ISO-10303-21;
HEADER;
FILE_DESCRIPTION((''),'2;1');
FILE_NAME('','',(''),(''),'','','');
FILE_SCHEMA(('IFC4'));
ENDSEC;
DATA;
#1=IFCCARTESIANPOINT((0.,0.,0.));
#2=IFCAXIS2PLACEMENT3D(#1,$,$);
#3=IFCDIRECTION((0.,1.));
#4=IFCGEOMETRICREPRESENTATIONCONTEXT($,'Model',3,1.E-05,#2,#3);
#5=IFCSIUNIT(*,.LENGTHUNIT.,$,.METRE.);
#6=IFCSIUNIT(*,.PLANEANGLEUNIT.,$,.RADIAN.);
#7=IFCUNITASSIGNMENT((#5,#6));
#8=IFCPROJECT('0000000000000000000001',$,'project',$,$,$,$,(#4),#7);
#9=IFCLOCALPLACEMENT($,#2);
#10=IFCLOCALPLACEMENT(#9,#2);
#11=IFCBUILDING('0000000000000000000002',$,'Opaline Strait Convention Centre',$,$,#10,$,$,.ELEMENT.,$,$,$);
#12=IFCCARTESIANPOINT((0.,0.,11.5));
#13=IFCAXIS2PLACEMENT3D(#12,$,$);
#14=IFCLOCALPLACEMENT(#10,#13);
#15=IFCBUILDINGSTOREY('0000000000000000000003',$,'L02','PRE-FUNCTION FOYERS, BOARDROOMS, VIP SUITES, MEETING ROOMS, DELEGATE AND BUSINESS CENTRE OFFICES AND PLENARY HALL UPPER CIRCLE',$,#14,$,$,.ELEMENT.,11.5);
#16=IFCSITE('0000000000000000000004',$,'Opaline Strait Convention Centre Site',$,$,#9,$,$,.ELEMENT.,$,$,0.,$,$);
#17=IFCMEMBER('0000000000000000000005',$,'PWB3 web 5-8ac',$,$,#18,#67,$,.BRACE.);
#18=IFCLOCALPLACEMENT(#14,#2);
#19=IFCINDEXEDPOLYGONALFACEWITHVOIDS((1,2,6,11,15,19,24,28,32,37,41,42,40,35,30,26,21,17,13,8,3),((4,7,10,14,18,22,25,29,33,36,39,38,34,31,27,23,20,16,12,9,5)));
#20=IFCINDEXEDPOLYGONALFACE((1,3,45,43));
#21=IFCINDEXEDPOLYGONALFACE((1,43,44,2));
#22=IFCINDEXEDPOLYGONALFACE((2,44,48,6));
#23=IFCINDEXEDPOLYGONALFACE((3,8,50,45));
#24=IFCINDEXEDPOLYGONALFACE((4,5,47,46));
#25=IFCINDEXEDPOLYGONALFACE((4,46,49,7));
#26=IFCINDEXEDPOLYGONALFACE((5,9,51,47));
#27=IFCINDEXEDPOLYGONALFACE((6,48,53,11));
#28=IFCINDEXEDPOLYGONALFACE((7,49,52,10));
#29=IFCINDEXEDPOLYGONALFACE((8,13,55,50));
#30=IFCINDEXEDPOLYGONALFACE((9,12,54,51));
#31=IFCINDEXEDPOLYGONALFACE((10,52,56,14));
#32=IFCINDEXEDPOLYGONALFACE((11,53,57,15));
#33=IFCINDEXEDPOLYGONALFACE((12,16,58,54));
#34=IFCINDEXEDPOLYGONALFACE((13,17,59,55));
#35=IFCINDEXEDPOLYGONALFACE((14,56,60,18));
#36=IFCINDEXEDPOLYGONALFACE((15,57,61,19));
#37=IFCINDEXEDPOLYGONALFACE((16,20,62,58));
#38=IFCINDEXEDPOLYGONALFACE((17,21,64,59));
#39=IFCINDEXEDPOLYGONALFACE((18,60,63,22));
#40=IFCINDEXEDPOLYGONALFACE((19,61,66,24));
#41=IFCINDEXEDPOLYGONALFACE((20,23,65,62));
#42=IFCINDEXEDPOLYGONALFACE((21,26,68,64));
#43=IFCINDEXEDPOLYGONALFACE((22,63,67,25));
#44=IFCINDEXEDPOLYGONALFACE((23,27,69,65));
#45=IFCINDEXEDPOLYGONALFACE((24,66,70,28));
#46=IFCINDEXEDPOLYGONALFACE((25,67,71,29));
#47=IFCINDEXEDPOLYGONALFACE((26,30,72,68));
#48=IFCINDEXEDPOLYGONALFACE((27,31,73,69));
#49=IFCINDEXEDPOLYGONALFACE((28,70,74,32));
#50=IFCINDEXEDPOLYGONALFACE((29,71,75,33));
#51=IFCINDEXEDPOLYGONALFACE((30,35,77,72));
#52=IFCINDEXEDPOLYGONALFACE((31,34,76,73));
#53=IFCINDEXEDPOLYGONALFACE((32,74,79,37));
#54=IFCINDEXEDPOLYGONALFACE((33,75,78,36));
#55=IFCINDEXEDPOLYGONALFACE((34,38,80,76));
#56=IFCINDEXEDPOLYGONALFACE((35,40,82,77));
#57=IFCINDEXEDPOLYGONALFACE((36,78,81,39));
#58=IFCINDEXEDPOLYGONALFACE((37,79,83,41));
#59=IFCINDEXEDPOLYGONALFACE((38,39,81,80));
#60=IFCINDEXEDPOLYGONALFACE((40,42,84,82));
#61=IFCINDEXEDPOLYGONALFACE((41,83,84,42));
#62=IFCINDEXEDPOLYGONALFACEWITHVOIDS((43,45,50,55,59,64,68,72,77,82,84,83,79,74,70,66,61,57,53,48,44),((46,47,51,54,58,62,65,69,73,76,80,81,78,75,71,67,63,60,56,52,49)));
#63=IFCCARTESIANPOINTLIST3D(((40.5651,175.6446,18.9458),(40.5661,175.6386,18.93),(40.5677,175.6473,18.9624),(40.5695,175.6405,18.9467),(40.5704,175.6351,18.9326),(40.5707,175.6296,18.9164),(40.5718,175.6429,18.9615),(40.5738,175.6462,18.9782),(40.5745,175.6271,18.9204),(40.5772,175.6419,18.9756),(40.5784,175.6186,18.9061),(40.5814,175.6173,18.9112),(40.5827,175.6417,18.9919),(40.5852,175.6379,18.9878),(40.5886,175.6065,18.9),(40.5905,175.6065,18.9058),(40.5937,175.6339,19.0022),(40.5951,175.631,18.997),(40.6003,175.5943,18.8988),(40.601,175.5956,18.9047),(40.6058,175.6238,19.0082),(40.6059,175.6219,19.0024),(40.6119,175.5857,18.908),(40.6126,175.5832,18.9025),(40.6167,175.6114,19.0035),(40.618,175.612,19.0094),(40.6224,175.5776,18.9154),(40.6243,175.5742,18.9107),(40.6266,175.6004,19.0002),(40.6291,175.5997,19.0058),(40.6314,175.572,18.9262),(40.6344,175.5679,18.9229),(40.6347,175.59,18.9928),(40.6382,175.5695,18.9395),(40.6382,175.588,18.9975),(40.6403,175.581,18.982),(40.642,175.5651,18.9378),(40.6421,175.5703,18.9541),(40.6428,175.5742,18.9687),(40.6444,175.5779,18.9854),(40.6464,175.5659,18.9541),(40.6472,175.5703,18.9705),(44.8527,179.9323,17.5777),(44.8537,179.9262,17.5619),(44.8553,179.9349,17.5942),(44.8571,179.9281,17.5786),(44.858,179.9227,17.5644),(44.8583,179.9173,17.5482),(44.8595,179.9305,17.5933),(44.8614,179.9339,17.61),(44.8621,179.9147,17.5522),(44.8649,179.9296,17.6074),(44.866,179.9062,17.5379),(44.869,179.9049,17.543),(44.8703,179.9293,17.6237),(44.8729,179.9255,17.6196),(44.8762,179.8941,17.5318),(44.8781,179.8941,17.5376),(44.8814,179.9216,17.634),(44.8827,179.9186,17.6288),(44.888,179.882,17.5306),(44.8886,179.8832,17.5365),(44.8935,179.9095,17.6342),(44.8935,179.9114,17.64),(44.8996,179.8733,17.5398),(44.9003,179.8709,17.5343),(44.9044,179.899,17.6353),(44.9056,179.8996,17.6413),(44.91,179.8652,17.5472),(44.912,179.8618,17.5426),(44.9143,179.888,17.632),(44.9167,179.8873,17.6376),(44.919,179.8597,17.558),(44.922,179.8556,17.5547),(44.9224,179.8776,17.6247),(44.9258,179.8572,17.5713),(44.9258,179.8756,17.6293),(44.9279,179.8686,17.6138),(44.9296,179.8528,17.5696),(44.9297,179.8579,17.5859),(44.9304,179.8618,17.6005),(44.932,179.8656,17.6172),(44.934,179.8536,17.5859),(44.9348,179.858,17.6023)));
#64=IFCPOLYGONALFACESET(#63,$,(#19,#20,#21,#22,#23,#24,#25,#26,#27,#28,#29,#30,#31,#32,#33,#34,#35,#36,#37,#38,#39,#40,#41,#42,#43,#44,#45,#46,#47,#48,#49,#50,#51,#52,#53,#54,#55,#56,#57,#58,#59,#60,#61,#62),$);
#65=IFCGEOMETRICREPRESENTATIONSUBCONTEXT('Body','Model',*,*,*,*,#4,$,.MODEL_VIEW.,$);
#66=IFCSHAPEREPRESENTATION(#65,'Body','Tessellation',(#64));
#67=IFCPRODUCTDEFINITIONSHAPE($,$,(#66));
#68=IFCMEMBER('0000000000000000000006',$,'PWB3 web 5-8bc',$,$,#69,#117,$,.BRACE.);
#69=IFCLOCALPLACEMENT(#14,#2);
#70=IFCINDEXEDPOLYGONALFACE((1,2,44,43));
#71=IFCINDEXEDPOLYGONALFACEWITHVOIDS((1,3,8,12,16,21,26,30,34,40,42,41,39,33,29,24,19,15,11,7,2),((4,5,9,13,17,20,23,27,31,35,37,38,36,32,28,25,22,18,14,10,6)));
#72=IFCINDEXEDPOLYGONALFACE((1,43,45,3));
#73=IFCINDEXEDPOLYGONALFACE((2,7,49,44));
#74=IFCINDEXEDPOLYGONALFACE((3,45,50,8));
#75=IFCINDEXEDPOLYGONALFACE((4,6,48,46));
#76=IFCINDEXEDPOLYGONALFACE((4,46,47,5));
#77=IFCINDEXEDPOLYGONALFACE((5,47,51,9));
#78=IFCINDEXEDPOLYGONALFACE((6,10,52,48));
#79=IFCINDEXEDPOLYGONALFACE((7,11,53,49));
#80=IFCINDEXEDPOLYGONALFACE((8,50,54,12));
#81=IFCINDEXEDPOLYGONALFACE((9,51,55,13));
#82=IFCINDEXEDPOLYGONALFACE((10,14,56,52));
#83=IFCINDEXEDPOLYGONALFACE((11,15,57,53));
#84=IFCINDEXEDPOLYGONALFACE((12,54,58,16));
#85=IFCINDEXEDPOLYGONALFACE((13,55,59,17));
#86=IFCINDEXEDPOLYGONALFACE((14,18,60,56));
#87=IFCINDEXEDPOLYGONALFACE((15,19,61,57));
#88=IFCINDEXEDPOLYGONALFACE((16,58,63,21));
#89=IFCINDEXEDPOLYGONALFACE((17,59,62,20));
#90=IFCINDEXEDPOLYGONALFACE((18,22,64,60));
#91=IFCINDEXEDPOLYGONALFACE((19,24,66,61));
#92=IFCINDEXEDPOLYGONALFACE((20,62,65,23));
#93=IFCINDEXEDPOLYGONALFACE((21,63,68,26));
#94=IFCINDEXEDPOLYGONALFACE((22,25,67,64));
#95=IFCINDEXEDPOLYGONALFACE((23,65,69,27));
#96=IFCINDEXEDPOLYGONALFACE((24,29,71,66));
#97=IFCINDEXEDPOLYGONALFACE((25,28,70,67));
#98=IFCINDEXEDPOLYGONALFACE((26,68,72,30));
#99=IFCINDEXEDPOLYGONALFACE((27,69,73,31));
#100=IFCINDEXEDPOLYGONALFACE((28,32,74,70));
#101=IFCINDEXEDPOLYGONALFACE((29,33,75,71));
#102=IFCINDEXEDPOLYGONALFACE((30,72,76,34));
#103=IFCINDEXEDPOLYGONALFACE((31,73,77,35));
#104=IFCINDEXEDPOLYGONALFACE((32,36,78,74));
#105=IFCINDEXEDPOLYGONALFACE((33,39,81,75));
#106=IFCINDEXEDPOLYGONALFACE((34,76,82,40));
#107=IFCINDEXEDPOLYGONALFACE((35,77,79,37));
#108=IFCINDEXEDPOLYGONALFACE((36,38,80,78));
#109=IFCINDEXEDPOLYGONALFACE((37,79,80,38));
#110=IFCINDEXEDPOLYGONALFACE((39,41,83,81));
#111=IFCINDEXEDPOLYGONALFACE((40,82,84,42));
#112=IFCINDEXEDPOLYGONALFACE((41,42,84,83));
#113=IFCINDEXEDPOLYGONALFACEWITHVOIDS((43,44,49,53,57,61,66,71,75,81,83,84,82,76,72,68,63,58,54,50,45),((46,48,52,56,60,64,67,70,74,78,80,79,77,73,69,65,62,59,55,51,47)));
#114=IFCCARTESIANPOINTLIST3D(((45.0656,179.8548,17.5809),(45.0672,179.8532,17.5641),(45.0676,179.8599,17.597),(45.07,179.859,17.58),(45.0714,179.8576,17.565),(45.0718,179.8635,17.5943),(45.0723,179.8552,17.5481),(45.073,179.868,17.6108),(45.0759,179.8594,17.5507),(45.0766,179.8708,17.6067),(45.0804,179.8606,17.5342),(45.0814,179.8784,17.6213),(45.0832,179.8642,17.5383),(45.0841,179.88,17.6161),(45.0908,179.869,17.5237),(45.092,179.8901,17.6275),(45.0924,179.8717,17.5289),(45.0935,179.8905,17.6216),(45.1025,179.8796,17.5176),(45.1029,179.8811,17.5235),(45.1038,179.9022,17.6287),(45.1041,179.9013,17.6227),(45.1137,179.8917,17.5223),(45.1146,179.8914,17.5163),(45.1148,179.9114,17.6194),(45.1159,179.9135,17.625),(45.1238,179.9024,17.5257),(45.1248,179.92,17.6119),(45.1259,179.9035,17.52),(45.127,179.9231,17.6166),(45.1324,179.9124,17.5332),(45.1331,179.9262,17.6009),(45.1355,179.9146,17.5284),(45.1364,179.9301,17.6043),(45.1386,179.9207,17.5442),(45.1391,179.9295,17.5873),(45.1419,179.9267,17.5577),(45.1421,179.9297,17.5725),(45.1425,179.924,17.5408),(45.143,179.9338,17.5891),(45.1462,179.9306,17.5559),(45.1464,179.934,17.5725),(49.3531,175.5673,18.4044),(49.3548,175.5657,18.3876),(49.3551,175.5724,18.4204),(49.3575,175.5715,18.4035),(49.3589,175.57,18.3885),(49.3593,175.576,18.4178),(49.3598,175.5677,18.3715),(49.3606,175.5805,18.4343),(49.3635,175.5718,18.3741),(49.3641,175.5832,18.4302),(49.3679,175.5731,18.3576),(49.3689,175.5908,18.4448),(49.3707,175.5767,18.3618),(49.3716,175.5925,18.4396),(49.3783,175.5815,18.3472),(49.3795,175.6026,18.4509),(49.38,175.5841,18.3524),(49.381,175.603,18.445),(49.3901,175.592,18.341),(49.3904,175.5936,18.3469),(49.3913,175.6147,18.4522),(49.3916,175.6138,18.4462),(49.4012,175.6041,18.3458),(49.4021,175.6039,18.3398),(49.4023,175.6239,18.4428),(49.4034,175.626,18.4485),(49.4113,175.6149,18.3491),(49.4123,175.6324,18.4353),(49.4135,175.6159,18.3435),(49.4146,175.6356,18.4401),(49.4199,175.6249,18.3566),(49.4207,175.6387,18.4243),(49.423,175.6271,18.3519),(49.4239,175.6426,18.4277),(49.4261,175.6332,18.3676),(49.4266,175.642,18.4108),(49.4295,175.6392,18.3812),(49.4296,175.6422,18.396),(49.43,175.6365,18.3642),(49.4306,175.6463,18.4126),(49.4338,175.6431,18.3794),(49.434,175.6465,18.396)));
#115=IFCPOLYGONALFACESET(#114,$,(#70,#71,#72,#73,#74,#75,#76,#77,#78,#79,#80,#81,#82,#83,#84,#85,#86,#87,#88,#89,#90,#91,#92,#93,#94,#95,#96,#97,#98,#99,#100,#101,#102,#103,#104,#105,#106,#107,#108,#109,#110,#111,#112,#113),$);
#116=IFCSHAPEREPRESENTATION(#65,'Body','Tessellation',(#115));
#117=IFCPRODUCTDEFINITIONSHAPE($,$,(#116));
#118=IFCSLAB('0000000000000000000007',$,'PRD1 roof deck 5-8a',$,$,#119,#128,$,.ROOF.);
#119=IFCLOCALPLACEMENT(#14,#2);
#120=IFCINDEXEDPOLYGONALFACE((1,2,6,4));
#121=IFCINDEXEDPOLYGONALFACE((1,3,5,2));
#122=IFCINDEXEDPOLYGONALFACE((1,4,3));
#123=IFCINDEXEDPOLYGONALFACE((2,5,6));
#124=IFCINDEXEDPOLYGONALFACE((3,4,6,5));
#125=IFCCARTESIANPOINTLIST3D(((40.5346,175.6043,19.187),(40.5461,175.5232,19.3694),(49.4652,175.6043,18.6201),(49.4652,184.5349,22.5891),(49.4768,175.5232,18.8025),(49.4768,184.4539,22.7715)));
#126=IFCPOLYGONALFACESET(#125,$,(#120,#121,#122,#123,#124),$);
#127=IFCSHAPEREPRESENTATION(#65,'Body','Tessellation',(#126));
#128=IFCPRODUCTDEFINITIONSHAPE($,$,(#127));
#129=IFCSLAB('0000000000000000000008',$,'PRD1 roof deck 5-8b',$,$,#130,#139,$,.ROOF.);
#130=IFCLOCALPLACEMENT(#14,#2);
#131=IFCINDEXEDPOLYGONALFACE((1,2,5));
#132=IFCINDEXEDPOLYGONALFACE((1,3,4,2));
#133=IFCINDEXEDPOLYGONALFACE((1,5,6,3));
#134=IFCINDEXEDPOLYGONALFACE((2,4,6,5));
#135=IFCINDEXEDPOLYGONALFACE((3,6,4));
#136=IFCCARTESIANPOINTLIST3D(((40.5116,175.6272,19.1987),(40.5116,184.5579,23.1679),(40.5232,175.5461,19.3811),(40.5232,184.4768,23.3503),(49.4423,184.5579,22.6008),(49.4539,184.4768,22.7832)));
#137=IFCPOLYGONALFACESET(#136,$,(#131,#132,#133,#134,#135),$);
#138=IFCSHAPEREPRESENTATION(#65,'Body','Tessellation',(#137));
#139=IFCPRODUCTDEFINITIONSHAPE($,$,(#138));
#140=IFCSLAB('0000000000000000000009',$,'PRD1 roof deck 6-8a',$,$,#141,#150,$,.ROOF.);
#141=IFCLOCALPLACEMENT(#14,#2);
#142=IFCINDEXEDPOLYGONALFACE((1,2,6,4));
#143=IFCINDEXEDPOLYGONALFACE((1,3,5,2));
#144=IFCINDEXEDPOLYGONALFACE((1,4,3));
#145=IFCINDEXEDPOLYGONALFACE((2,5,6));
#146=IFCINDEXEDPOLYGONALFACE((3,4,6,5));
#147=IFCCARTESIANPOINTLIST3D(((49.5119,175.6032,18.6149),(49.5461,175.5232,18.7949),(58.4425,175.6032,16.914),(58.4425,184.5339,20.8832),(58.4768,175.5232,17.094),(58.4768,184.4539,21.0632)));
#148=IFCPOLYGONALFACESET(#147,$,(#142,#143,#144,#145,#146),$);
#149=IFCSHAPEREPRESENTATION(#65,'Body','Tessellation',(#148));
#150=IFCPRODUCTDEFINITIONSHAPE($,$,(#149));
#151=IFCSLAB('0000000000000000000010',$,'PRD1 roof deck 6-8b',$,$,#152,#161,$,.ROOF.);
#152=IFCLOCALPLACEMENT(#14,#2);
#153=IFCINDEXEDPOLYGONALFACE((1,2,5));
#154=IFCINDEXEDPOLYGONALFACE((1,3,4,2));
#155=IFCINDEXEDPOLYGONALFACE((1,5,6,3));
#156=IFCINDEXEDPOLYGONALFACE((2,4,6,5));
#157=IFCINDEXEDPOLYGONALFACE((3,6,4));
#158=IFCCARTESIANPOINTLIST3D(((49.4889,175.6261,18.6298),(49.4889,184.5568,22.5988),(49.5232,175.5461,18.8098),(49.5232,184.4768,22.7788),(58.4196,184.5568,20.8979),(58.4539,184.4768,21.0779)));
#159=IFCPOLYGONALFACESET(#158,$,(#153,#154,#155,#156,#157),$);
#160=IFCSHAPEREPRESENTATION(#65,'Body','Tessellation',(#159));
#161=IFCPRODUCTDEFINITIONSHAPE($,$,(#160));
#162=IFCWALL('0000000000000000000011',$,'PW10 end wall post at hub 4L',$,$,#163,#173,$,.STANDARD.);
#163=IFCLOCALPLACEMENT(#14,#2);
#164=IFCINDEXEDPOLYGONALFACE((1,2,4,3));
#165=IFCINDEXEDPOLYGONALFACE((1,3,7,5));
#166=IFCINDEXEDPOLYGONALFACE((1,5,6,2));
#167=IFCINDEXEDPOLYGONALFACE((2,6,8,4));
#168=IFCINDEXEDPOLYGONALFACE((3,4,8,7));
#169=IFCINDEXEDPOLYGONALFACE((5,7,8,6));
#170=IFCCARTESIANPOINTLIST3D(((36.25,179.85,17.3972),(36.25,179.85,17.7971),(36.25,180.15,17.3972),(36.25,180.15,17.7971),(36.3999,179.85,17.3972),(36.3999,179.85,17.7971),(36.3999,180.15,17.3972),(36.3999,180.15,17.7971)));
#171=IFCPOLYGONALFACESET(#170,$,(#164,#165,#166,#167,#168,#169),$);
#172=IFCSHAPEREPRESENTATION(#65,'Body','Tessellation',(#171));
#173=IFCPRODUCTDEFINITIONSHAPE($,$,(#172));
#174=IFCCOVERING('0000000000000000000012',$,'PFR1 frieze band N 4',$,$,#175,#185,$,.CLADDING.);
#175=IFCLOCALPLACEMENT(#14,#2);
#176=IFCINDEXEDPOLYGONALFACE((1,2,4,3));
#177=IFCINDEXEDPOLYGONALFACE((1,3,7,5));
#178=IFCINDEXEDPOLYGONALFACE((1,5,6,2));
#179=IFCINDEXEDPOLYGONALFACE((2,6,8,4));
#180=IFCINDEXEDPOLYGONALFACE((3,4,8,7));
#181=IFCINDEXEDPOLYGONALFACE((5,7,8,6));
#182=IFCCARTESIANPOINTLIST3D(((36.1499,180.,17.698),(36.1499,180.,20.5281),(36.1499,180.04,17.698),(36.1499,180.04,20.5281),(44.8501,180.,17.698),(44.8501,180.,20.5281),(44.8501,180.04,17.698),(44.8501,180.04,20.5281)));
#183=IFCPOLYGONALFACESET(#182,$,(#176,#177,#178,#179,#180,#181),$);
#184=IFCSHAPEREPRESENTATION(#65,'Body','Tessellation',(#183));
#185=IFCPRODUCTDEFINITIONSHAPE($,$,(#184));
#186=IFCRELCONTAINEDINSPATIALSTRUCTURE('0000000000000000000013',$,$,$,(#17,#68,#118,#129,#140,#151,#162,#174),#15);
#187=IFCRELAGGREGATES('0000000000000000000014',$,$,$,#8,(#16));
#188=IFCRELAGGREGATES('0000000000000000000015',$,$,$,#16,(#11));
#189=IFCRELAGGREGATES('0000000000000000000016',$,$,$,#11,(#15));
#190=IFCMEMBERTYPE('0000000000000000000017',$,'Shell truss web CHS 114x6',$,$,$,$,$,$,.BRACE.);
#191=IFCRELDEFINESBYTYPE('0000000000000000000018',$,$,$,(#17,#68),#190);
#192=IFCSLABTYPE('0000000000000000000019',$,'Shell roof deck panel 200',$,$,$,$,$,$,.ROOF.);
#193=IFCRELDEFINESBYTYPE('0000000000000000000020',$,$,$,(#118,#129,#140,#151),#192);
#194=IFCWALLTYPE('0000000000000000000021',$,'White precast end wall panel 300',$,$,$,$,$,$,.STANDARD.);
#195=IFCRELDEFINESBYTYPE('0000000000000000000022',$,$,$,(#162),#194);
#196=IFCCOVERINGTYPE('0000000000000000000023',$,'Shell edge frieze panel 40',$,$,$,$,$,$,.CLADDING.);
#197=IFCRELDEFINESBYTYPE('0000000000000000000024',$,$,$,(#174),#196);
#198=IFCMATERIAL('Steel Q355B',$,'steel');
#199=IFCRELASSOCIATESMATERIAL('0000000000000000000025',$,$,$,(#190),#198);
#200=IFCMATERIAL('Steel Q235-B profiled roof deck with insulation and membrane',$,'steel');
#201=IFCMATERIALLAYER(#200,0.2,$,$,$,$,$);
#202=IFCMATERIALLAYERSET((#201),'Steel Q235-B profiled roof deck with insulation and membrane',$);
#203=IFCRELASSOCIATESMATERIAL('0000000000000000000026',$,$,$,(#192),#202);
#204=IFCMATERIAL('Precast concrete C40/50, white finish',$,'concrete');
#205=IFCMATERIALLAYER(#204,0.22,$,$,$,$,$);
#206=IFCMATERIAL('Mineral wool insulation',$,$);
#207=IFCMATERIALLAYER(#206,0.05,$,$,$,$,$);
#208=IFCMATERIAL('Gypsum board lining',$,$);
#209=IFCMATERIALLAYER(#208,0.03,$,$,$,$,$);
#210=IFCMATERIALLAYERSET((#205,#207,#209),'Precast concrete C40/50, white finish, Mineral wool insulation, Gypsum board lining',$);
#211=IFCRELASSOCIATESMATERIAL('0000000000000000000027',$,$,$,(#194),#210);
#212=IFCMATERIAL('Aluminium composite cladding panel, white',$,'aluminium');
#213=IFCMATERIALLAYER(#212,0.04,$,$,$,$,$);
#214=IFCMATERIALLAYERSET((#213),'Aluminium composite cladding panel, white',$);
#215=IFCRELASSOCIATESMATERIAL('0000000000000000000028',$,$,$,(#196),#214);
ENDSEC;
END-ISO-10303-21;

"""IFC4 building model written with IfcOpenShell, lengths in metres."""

from ifc_helpers import new_model, si_unit, direction, frame, frame_2d, origin, origin_2d, place, context, subcontext, project, spatial, polyline, rectangle, hollow_circle, outline, extrude, material, layer, layer_set, material_profile, profile_set, type_object, element, save


model = new_model("IFC4")

# Units and contexts
model_context = context("Model", 3, precision=1e-05, world=origin(), true_north=direction((0.0, 1.0)))
body_context = subcontext(model_context, "Body", "Model", "MODEL_VIEW")
ifc_project = project(units=[si_unit("LENGTHUNIT", "METRE"), si_unit("PLANEANGLEUNIT", "RADIAN")], contexts=[model_context])

# Site, building, storey
site_placement = place(None, origin())
site = spatial("IfcSite", under=ifc_project, at=site_placement, Name="Opaline Strait Convention Centre Site", CompositionType="ELEMENT", RefElevation=0.0)
building_placement = place(site_placement, origin())
building = spatial("IfcBuilding", under=site, at=building_placement, Name="Opaline Strait Convention Centre", CompositionType="ELEMENT")
storey_placement = place(building_placement, frame((0.0, 0.0, 11.5)))
storey = spatial("IfcBuildingStorey", under=building, at=storey_placement, Name="L02", Description="PRE-FUNCTION FOYERS, BOARDROOMS, VIP SUITES, MEETING ROOMS, DELEGATE AND BUSINESS CENTRE OFFICES AND PLENARY HALL UPPER CIRCLE", CompositionType="ELEMENT", Elevation=11.5)

# Members
ifc_material_1 = material(Name="Steel Q355B", Category="steel")
ifc_material_profile_1 = material_profile(ifc_material_1, hollow_circle(Radius=0.0569, WallThickness=0.0061, at=origin_2d()), Name="CHS 114x6")
ifc_profile_set_1 = profile_set([ifc_material_profile_1], Name="Steel Q355B")
member_type_1 = type_object("IfcMemberType", Name="Shell truss web CHS 114x6", PredefinedType="BRACE", material=ifc_profile_set_1)
member_1_placement = place(storey_placement, frame((44.8938, 179.8938, 17.5859), z_axis=(-0.689766, -0.689766, 0.220103), x_axis=(0.707107, -0.707107, 0.0)))
element("IfcMember", 1, at=member_1_placement, inside=storey, type_object=member_type_1, Name="PWB3 web 5-8ac", PredefinedType="BRACE", context=body_context, shape_type="SweptSolid", body=[
    extrude(hollow_circle(Radius=0.0569, WallThickness=0.0061, at=origin_2d()), origin(), (0.0, 0.0, 1.0), 6.2161),
])
member_2_placement = place(storey_placement, frame((45.1062, 179.8938, 17.5725), z_axis=(0.700675, -0.700675, 0.134573), x_axis=(0.707107, 0.707107, 0.0)))
element("IfcMember", 2, at=member_2_placement, inside=storey, type_object=member_type_1, Name="PWB3 web 5-8bc", PredefinedType="BRACE", context=body_context, shape_type="SweptSolid", body=[
    extrude(hollow_circle(Radius=0.0569, WallThickness=0.0061, at=origin_2d()), origin(), (0.0, 0.0, 1.0), 6.1191),
])

# Slabs
ifc_material_2 = material(Name="Steel Q235-B profiled roof deck with insulation and membrane", Category="steel")
ifc_layer_1 = layer(ifc_material_2, 0.2)
ifc_layer_set_1 = layer_set([ifc_layer_1], Name="Steel Q235-B profiled roof deck with insulation and membrane")
slab_type = type_object("IfcSlabType", Name="Shell roof deck panel 200", PredefinedType="ROOF", material=ifc_layer_set_1)
slab_1_placement = place(storey_placement, frame((40.5461, 175.5232, 19.3694), z_axis=(0.057909, -0.405441, 0.912285), x_axis=(0.997991, 0.0, -0.06335)))
element("IfcSlab", 3, at=slab_1_placement, inside=storey, type_object=slab_type, Name="PRD1 roof deck 5-8a", PredefinedType="ROOF", context=body_context, shape_type="SweptSolid", body=[
    extrude(outline(polyline([(0.0, 0.0), (8.9486, 0.0), (8.6972, 9.7697), (0.0, 0.0)])), origin(), (0.0, 0.0, -1.0), 0.2),
])
slab_2_placement = place(storey_placement, frame((40.5232, 175.5461, 19.3811), z_axis=(0.057934, -0.405461, 0.912275), x_axis=(0.68277, 0.68277, 0.260098)))
element("IfcSlab", 4, at=slab_2_placement, inside=storey, type_object=slab_type, Name="PRD1 roof deck 5-8b", PredefinedType="ROOF", context=body_context, shape_type="SweptSolid", body=[
    extrude(outline(polyline([(0.0, 0.0), (13.0801, 0.0), (7.13, 6.6839), (0.0, 0.0)])), origin(), (0.0, 0.0, -1.0), 0.2),
])
slab_3_placement = place(storey_placement, frame((49.5461, 175.5232, 18.7949), z_axis=(0.171466, -0.400128, 0.900276), x_axis=(0.982342, 0.0, -0.187096)))
element("IfcSlab", 5, at=slab_3_placement, inside=storey, type_object=slab_type, Name="PRD1 roof deck 6-8a", PredefinedType="ROOF", context=body_context, shape_type="SweptSolid", body=[
    extrude(outline(polyline([(0.0, 0.0), (9.0912, 0.0), (8.3486, 9.7447), (0.0, 0.0)])), origin(), (0.0, 0.0, -1.0), 0.2),
])
slab_4_placement = place(storey_placement, frame((49.5232, 175.5461, 18.8098), z_axis=(0.171468, -0.400107, 0.900285), x_axis=(0.695974, 0.695974, 0.176752)))
element("IfcSlab", 6, at=slab_4_placement, inside=storey, type_object=slab_type, Name="PRD1 roof deck 6-8b", PredefinedType="ROOF", context=body_context, shape_type="SweptSolid", body=[
    extrude(outline(polyline([(0.0, 0.0), (12.8319, 0.0), (6.917, 6.9039), (0.0, 0.0)])), origin(), (0.0, 0.0, -1.0), 0.2),
])

# Wall
ifc_material_3 = material(Name="Precast concrete C40/50, white finish", Category="concrete")
ifc_layer_2 = layer(ifc_material_3, 0.22)
ifc_material_4 = material(Name="Mineral wool insulation")
ifc_layer_3 = layer(ifc_material_4, 0.05)
ifc_material_5 = material(Name="Gypsum board lining")
ifc_layer_4 = layer(ifc_material_5, 0.03)
ifc_layer_set_2 = layer_set([ifc_layer_2, ifc_layer_3, ifc_layer_4], Name="Precast concrete C40/50, white finish, Mineral wool insulation, Gypsum board lining")
wall_type = type_object("IfcWallType", Name="White precast end wall panel 300", PredefinedType="STANDARD", material=ifc_layer_set_2)
wall_placement = place(storey_placement, frame((36.25, 180.0, 17.3972), z_axis=(0.0, 0.0, 1.0), x_axis=(1.0, 0.0, 0.0)))
element("IfcWall", 7, at=wall_placement, inside=storey, type_object=wall_type, Name="PW10 end wall post at hub 4L", PredefinedType="STANDARD", context=body_context, shape_type="SweptSolid", body=[
    extrude(rectangle(XDim=0.1499, YDim=0.3, at=frame_2d((0.075, 0.0))), origin(), (0.0, 0.0, 1.0), 0.3999),
])

# Covering
ifc_material_6 = material(Name="Aluminium composite cladding panel, white", Category="aluminium")
ifc_layer_5 = layer(ifc_material_6, 0.04)
ifc_layer_set_3 = layer_set([ifc_layer_5], Name="Aluminium composite cladding panel, white")
covering_type = type_object("IfcCoveringType", Name="Shell edge frieze panel 40", PredefinedType="CLADDING", material=ifc_layer_set_3)
covering_1_placement = place(storey_placement, frame((36.1499, 180.0, 17.698), z_axis=(0.0, -1.0, 0.0), x_axis=(1.0, 0.0, 0.0)))
element("IfcCovering", 8, at=covering_1_placement, inside=storey, type_object=covering_type, Name="PFR1 frieze band N 4", PredefinedType="CLADDING", context=body_context, shape_type="SweptSolid", body=[
    extrude(outline(polyline([(0.0, 0.0), (8.7002, 0.0), (8.7002, 2.8301), (0.0, 2.8301), (0.0, 0.0)])), origin(), (0.0, 0.0, -1.0), 0.04),
])

save(model, "model.ifc")
